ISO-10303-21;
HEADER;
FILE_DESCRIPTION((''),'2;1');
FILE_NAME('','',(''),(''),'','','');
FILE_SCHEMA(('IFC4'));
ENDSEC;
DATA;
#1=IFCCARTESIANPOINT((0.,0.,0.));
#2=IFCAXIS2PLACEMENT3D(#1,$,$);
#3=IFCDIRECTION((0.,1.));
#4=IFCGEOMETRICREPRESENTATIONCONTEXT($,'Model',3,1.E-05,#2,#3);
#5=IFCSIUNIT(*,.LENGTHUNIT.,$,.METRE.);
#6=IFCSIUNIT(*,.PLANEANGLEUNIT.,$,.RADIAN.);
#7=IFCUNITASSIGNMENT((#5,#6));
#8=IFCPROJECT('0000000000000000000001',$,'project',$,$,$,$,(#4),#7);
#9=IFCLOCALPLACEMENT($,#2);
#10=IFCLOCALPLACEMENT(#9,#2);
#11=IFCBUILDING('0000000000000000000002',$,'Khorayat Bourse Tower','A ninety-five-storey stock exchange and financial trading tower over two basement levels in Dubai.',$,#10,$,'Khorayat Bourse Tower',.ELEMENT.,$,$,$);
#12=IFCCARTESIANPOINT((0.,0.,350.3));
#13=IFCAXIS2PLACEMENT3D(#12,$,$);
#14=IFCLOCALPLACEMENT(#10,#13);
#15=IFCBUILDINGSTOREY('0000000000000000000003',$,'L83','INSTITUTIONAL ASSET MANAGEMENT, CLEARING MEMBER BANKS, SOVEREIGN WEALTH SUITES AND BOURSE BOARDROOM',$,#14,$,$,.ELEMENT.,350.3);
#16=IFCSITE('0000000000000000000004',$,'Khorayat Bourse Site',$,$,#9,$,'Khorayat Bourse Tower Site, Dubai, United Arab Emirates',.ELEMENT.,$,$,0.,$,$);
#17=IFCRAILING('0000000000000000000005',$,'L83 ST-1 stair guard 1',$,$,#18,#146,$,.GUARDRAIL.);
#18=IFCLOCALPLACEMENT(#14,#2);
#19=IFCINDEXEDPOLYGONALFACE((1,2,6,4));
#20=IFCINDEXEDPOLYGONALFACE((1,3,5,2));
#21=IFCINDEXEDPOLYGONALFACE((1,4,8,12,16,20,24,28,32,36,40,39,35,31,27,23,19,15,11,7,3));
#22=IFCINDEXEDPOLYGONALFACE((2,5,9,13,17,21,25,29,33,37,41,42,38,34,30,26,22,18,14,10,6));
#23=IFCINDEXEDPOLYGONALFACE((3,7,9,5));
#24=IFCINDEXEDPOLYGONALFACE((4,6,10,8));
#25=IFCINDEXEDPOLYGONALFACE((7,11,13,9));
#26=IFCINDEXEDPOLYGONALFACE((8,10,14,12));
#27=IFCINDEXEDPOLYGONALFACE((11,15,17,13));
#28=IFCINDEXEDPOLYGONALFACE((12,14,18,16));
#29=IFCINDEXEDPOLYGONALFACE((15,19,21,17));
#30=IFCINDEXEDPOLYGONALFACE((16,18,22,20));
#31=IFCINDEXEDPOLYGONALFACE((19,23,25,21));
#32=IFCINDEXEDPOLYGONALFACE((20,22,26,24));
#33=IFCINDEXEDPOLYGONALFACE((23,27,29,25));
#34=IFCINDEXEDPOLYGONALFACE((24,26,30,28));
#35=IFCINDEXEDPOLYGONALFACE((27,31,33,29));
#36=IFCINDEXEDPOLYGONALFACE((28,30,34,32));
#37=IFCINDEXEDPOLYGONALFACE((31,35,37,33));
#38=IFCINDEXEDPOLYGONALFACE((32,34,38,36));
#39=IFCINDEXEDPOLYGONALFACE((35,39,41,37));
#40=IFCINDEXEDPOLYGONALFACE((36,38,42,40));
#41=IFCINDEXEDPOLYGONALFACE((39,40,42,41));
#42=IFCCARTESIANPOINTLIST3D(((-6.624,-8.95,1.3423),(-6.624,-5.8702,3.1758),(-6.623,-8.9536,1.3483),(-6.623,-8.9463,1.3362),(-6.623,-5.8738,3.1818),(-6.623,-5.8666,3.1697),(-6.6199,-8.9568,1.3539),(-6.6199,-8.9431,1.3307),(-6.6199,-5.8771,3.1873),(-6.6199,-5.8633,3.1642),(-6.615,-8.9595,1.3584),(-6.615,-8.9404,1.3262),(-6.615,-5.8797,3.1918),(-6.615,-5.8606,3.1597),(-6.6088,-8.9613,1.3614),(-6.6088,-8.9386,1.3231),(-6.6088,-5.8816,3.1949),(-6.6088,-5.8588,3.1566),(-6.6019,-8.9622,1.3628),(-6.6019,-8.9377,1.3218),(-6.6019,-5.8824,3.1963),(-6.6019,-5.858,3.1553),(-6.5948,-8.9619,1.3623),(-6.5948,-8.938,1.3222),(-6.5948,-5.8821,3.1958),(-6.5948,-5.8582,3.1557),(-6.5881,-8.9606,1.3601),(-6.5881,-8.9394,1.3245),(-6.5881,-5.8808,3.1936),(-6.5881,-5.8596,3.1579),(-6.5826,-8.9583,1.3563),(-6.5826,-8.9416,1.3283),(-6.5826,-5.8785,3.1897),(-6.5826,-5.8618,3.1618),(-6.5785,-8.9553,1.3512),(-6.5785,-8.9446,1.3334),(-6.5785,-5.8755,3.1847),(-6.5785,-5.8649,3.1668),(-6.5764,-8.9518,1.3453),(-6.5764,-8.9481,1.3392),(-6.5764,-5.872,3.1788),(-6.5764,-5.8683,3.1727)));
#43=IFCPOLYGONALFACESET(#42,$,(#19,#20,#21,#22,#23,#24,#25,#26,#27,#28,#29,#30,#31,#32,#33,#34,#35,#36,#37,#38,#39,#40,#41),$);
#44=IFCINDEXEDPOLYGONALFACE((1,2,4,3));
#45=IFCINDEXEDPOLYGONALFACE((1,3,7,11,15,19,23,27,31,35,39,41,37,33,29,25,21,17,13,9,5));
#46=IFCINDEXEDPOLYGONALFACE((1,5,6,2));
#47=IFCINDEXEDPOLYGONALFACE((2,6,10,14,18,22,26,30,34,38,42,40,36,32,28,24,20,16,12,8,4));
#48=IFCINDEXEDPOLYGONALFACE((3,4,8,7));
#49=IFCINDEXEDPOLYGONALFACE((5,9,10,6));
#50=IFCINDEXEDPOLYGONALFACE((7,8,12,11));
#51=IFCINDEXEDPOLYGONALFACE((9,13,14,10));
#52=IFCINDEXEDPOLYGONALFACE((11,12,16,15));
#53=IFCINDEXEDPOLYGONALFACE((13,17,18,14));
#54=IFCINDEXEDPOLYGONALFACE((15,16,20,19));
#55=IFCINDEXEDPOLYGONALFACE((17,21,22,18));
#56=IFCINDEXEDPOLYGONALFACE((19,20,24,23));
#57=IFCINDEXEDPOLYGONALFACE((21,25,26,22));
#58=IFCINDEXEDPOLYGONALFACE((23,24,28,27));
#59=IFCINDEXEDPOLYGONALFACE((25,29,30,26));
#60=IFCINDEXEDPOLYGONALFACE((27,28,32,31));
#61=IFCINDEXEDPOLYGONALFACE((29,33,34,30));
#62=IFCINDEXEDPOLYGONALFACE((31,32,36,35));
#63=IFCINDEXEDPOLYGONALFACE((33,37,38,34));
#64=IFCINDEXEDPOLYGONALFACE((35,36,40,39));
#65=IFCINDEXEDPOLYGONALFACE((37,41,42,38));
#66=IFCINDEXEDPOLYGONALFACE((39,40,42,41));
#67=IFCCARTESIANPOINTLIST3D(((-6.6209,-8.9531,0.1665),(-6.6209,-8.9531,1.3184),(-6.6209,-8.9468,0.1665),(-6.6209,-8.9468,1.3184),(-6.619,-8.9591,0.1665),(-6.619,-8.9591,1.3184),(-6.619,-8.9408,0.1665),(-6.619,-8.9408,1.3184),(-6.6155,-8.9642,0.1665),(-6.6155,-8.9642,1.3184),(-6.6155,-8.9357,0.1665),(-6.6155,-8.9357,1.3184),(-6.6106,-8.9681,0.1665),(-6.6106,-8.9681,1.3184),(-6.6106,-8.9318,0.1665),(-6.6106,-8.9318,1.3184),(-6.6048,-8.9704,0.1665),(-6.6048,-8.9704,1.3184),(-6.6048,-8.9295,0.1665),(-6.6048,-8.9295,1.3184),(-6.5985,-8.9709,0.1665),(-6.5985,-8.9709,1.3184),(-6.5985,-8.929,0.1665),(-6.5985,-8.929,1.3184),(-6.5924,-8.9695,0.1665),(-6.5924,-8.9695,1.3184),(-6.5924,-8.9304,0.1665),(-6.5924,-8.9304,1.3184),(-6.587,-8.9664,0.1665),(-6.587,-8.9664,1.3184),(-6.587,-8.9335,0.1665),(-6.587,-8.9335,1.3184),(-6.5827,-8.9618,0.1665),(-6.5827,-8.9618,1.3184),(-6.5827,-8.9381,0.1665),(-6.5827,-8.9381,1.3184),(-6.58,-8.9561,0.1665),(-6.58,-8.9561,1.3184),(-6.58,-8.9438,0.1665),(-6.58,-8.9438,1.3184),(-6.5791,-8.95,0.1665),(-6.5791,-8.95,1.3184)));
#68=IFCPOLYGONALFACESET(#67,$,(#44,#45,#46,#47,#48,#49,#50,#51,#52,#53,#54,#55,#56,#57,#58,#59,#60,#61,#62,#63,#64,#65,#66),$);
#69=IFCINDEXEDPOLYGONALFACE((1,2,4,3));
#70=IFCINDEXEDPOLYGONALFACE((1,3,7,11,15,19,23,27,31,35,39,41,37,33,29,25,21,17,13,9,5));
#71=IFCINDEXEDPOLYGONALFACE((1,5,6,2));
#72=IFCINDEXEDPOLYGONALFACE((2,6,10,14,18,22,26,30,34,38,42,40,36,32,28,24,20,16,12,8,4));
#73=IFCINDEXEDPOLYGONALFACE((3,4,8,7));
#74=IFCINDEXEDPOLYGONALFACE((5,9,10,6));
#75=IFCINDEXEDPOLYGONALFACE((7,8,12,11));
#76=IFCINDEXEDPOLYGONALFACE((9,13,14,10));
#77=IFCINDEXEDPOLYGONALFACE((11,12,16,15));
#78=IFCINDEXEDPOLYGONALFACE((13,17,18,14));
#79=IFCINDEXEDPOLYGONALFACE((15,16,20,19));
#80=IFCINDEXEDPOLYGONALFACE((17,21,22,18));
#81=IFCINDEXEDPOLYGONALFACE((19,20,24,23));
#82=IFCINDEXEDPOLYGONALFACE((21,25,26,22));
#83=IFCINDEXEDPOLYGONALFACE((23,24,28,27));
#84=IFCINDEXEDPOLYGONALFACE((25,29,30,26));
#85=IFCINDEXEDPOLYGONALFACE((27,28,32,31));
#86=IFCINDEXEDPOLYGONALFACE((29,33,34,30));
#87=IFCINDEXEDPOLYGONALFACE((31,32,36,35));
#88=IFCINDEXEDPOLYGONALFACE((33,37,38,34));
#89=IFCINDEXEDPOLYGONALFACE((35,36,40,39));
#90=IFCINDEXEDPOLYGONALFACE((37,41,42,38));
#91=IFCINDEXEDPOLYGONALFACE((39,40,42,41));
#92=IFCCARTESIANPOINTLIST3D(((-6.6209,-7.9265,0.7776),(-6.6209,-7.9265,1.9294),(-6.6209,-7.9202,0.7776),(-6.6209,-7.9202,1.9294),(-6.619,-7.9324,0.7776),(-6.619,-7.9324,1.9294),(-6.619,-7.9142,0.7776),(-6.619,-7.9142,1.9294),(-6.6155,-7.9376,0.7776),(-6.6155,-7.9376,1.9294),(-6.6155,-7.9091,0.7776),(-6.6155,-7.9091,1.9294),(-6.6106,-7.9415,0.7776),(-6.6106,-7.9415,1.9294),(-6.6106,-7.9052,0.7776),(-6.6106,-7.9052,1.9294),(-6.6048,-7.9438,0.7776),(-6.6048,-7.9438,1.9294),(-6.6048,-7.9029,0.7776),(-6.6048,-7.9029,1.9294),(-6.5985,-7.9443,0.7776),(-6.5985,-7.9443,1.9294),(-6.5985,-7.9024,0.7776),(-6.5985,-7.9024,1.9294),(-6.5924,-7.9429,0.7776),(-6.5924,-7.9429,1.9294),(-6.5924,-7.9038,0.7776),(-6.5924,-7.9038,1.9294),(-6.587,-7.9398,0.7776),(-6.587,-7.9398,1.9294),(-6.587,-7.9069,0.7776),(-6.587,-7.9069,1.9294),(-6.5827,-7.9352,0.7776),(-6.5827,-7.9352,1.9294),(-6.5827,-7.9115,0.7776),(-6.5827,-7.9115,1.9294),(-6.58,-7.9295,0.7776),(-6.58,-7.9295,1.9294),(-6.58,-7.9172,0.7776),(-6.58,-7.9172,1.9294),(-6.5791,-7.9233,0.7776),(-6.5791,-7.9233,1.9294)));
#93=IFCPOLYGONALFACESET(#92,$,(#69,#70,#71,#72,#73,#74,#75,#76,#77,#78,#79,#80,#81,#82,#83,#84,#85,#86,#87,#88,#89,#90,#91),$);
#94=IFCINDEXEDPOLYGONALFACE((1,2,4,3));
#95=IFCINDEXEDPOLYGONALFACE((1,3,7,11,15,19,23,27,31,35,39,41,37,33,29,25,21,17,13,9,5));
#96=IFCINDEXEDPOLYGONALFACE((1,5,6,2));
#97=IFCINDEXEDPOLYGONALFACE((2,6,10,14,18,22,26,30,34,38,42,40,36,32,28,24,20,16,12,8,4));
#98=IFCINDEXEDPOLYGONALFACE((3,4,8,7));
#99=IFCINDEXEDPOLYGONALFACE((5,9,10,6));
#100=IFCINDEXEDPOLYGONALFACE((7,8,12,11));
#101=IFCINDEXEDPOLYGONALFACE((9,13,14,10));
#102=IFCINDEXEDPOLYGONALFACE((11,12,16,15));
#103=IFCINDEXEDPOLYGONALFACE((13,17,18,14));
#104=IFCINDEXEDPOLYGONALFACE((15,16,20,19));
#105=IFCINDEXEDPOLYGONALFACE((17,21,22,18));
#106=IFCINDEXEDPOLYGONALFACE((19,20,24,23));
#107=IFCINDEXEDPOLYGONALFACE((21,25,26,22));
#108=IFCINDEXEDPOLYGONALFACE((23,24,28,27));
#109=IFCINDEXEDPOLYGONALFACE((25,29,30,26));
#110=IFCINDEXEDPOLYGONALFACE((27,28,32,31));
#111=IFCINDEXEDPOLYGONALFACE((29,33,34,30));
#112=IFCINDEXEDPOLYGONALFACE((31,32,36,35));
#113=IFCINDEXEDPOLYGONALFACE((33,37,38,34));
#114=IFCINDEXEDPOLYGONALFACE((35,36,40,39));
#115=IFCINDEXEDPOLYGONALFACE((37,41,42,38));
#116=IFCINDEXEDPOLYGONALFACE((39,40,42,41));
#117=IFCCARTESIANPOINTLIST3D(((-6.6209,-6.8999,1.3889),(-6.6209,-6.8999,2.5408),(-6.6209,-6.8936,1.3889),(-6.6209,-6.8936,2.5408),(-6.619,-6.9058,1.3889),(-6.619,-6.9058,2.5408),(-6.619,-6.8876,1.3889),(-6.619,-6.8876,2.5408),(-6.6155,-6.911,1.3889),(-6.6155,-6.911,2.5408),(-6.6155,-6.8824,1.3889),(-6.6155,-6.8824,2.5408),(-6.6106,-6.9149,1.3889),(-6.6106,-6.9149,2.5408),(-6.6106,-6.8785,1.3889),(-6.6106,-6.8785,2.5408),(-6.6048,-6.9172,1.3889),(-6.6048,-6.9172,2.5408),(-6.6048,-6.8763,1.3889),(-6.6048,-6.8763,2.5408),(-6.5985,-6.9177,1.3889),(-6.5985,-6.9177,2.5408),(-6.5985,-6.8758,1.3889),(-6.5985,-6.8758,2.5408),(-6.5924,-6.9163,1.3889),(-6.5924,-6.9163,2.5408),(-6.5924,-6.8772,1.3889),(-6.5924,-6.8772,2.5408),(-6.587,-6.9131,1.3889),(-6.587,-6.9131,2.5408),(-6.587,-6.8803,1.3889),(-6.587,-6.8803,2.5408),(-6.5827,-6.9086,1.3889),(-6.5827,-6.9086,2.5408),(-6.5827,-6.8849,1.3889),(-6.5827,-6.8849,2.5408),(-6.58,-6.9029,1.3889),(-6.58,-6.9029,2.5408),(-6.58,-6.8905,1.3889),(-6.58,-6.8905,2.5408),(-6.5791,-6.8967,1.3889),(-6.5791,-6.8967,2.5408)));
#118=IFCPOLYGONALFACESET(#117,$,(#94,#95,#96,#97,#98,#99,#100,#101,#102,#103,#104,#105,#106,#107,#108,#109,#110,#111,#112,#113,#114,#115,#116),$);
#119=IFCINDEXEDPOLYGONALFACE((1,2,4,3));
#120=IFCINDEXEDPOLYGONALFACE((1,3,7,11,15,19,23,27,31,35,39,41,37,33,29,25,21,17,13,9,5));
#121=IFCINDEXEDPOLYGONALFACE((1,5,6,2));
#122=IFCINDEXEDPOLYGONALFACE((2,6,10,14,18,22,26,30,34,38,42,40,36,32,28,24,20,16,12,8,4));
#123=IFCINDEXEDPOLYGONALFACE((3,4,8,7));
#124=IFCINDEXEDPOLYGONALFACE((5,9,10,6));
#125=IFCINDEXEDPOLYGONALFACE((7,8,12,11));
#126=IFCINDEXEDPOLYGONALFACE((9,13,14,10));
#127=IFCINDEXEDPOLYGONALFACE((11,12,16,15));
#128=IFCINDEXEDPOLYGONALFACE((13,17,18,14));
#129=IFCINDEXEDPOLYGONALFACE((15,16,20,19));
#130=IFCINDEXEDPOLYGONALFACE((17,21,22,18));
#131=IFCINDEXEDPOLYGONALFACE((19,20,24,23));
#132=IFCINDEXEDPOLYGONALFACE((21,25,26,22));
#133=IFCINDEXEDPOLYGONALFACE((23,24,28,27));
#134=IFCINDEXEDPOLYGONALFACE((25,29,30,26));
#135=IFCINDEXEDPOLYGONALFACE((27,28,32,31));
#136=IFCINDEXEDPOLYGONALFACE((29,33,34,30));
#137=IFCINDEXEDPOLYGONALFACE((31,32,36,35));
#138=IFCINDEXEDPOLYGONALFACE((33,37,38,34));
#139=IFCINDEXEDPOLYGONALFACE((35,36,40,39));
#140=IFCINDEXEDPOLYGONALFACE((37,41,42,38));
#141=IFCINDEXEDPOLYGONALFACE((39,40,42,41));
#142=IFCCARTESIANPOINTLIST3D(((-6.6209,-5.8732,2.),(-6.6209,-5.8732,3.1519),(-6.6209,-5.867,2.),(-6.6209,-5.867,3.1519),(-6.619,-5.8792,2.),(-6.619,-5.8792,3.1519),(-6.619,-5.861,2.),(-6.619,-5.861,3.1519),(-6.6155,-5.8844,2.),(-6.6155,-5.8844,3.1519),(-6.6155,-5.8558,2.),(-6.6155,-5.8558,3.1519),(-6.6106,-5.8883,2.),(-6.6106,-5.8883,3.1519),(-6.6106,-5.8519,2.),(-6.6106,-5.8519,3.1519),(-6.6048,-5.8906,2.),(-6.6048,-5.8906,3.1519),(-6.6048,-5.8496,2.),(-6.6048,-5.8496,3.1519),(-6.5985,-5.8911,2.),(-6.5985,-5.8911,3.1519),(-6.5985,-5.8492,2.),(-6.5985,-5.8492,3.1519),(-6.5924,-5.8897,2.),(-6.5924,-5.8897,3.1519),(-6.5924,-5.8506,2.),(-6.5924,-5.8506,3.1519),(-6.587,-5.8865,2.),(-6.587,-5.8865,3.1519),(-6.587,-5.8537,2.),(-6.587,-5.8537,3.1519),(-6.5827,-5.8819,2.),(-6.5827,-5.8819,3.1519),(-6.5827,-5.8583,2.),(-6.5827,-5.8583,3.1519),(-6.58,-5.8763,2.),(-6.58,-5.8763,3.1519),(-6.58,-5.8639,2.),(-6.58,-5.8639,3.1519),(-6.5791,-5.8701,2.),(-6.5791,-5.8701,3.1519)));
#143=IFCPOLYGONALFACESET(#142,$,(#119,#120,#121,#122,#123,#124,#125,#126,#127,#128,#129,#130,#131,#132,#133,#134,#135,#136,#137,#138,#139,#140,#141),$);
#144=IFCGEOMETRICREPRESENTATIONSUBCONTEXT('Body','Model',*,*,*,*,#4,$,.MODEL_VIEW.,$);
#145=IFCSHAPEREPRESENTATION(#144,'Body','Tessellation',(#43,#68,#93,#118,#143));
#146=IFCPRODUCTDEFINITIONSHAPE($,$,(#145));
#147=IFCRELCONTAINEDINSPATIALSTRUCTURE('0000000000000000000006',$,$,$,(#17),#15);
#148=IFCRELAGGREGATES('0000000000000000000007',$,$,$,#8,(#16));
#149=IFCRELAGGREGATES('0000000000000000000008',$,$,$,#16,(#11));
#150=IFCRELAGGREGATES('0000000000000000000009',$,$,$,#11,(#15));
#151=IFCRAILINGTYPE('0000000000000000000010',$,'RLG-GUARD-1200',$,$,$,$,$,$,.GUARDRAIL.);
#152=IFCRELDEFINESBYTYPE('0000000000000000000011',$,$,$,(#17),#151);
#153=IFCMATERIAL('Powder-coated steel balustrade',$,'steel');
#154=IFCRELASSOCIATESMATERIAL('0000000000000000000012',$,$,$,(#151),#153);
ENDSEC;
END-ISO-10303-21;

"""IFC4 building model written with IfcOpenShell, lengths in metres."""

from ifc_helpers import new_model, si_unit, direction, frame, origin, origin_2d, place, context, subcontext, project, spatial, circle, extrude, source, transform, mapped, material, type_object, element, save


model = new_model("IFC4")

# Units and contexts
model_context = context("Model", 3, precision=1e-05, world=origin(), true_north=direction((0.0, 1.0)))
body_context = subcontext(model_context, "Body", "Model", "MODEL_VIEW")
ifc_project = project(units=[si_unit("LENGTHUNIT", "METRE"), si_unit("PLANEANGLEUNIT", "RADIAN")], contexts=[model_context])

# Site, building, storey
site_placement = place(None, origin())
site = spatial("IfcSite", under=ifc_project, at=site_placement, Name="Khorayat Bourse Site", LongName="Khorayat Bourse Tower Site, Dubai, United Arab Emirates", CompositionType="ELEMENT", RefElevation=0.0)
building_placement = place(site_placement, origin())
building = spatial("IfcBuilding", under=site, at=building_placement, Name="Khorayat Bourse Tower", Description="A ninety-five-storey stock exchange and financial trading tower over two basement levels in Dubai.", LongName="Khorayat Bourse Tower", CompositionType="ELEMENT")
storey_placement = place(building_placement, frame((0.0, 0.0, 350.3)))
storey = spatial("IfcBuildingStorey", under=building, at=storey_placement, Name="L83", Description="INSTITUTIONAL ASSET MANAGEMENT, CLEARING MEMBER BANKS, SOVEREIGN WEALTH SUITES AND BOURSE BOARDROOM", CompositionType="ELEMENT", Elevation=350.3)

# Railing
ifc_material_1 = material(Name="Powder-coated steel balustrade", Category="steel")
railing_type_1 = type_object("IfcRailingType", Name="RLG-GUARD-1200", PredefinedType="GUARDRAIL", material=ifc_material_1)
shared_shape_1 = source(origin(), body_context, "Body", "SweptSolid", [
    extrude(circle(Radius=0.0239, at=origin_2d()), frame((0.0, 0.0, 1.1758), z_axis=(0.0, 0.859261, 0.511538), x_axis=(-1.0, 0.0, 0.0)), (0.0, 0.0, 1.0), 3.5842),
    extrude(circle(Radius=0.021, at=origin_2d()), origin(), (0.0, 0.0, 1.0), 1.1519),
    extrude(circle(Radius=0.021, at=origin_2d()), frame((0.0, 1.0266, 0.6111)), (0.0, 0.0, 1.0), 1.1519),
    extrude(circle(Radius=0.021, at=origin_2d()), frame((0.0, 2.0532, 1.2224)), (0.0, 0.0, 1.0), 1.1519),
    extrude(circle(Radius=0.021, at=origin_2d()), frame((0.0, 3.0798, 1.8335)), (0.0, 0.0, 1.0), 1.1519),
])
railing_1_placement = place(storey_placement, frame((-6.6001, -8.95, 0.1665)))
element("IfcRailing", 1, at=railing_1_placement, inside=storey, type_object=railing_type_1, Name="L83 ST-1 stair guard 1", PredefinedType="GUARDRAIL", context=body_context, shape_type="MappedRepresentation", body=[
    mapped(shared_shape_1, transform((0.0, 0.0, 0.0), scale=1.0)),
])

save(model, "model.ifc")
